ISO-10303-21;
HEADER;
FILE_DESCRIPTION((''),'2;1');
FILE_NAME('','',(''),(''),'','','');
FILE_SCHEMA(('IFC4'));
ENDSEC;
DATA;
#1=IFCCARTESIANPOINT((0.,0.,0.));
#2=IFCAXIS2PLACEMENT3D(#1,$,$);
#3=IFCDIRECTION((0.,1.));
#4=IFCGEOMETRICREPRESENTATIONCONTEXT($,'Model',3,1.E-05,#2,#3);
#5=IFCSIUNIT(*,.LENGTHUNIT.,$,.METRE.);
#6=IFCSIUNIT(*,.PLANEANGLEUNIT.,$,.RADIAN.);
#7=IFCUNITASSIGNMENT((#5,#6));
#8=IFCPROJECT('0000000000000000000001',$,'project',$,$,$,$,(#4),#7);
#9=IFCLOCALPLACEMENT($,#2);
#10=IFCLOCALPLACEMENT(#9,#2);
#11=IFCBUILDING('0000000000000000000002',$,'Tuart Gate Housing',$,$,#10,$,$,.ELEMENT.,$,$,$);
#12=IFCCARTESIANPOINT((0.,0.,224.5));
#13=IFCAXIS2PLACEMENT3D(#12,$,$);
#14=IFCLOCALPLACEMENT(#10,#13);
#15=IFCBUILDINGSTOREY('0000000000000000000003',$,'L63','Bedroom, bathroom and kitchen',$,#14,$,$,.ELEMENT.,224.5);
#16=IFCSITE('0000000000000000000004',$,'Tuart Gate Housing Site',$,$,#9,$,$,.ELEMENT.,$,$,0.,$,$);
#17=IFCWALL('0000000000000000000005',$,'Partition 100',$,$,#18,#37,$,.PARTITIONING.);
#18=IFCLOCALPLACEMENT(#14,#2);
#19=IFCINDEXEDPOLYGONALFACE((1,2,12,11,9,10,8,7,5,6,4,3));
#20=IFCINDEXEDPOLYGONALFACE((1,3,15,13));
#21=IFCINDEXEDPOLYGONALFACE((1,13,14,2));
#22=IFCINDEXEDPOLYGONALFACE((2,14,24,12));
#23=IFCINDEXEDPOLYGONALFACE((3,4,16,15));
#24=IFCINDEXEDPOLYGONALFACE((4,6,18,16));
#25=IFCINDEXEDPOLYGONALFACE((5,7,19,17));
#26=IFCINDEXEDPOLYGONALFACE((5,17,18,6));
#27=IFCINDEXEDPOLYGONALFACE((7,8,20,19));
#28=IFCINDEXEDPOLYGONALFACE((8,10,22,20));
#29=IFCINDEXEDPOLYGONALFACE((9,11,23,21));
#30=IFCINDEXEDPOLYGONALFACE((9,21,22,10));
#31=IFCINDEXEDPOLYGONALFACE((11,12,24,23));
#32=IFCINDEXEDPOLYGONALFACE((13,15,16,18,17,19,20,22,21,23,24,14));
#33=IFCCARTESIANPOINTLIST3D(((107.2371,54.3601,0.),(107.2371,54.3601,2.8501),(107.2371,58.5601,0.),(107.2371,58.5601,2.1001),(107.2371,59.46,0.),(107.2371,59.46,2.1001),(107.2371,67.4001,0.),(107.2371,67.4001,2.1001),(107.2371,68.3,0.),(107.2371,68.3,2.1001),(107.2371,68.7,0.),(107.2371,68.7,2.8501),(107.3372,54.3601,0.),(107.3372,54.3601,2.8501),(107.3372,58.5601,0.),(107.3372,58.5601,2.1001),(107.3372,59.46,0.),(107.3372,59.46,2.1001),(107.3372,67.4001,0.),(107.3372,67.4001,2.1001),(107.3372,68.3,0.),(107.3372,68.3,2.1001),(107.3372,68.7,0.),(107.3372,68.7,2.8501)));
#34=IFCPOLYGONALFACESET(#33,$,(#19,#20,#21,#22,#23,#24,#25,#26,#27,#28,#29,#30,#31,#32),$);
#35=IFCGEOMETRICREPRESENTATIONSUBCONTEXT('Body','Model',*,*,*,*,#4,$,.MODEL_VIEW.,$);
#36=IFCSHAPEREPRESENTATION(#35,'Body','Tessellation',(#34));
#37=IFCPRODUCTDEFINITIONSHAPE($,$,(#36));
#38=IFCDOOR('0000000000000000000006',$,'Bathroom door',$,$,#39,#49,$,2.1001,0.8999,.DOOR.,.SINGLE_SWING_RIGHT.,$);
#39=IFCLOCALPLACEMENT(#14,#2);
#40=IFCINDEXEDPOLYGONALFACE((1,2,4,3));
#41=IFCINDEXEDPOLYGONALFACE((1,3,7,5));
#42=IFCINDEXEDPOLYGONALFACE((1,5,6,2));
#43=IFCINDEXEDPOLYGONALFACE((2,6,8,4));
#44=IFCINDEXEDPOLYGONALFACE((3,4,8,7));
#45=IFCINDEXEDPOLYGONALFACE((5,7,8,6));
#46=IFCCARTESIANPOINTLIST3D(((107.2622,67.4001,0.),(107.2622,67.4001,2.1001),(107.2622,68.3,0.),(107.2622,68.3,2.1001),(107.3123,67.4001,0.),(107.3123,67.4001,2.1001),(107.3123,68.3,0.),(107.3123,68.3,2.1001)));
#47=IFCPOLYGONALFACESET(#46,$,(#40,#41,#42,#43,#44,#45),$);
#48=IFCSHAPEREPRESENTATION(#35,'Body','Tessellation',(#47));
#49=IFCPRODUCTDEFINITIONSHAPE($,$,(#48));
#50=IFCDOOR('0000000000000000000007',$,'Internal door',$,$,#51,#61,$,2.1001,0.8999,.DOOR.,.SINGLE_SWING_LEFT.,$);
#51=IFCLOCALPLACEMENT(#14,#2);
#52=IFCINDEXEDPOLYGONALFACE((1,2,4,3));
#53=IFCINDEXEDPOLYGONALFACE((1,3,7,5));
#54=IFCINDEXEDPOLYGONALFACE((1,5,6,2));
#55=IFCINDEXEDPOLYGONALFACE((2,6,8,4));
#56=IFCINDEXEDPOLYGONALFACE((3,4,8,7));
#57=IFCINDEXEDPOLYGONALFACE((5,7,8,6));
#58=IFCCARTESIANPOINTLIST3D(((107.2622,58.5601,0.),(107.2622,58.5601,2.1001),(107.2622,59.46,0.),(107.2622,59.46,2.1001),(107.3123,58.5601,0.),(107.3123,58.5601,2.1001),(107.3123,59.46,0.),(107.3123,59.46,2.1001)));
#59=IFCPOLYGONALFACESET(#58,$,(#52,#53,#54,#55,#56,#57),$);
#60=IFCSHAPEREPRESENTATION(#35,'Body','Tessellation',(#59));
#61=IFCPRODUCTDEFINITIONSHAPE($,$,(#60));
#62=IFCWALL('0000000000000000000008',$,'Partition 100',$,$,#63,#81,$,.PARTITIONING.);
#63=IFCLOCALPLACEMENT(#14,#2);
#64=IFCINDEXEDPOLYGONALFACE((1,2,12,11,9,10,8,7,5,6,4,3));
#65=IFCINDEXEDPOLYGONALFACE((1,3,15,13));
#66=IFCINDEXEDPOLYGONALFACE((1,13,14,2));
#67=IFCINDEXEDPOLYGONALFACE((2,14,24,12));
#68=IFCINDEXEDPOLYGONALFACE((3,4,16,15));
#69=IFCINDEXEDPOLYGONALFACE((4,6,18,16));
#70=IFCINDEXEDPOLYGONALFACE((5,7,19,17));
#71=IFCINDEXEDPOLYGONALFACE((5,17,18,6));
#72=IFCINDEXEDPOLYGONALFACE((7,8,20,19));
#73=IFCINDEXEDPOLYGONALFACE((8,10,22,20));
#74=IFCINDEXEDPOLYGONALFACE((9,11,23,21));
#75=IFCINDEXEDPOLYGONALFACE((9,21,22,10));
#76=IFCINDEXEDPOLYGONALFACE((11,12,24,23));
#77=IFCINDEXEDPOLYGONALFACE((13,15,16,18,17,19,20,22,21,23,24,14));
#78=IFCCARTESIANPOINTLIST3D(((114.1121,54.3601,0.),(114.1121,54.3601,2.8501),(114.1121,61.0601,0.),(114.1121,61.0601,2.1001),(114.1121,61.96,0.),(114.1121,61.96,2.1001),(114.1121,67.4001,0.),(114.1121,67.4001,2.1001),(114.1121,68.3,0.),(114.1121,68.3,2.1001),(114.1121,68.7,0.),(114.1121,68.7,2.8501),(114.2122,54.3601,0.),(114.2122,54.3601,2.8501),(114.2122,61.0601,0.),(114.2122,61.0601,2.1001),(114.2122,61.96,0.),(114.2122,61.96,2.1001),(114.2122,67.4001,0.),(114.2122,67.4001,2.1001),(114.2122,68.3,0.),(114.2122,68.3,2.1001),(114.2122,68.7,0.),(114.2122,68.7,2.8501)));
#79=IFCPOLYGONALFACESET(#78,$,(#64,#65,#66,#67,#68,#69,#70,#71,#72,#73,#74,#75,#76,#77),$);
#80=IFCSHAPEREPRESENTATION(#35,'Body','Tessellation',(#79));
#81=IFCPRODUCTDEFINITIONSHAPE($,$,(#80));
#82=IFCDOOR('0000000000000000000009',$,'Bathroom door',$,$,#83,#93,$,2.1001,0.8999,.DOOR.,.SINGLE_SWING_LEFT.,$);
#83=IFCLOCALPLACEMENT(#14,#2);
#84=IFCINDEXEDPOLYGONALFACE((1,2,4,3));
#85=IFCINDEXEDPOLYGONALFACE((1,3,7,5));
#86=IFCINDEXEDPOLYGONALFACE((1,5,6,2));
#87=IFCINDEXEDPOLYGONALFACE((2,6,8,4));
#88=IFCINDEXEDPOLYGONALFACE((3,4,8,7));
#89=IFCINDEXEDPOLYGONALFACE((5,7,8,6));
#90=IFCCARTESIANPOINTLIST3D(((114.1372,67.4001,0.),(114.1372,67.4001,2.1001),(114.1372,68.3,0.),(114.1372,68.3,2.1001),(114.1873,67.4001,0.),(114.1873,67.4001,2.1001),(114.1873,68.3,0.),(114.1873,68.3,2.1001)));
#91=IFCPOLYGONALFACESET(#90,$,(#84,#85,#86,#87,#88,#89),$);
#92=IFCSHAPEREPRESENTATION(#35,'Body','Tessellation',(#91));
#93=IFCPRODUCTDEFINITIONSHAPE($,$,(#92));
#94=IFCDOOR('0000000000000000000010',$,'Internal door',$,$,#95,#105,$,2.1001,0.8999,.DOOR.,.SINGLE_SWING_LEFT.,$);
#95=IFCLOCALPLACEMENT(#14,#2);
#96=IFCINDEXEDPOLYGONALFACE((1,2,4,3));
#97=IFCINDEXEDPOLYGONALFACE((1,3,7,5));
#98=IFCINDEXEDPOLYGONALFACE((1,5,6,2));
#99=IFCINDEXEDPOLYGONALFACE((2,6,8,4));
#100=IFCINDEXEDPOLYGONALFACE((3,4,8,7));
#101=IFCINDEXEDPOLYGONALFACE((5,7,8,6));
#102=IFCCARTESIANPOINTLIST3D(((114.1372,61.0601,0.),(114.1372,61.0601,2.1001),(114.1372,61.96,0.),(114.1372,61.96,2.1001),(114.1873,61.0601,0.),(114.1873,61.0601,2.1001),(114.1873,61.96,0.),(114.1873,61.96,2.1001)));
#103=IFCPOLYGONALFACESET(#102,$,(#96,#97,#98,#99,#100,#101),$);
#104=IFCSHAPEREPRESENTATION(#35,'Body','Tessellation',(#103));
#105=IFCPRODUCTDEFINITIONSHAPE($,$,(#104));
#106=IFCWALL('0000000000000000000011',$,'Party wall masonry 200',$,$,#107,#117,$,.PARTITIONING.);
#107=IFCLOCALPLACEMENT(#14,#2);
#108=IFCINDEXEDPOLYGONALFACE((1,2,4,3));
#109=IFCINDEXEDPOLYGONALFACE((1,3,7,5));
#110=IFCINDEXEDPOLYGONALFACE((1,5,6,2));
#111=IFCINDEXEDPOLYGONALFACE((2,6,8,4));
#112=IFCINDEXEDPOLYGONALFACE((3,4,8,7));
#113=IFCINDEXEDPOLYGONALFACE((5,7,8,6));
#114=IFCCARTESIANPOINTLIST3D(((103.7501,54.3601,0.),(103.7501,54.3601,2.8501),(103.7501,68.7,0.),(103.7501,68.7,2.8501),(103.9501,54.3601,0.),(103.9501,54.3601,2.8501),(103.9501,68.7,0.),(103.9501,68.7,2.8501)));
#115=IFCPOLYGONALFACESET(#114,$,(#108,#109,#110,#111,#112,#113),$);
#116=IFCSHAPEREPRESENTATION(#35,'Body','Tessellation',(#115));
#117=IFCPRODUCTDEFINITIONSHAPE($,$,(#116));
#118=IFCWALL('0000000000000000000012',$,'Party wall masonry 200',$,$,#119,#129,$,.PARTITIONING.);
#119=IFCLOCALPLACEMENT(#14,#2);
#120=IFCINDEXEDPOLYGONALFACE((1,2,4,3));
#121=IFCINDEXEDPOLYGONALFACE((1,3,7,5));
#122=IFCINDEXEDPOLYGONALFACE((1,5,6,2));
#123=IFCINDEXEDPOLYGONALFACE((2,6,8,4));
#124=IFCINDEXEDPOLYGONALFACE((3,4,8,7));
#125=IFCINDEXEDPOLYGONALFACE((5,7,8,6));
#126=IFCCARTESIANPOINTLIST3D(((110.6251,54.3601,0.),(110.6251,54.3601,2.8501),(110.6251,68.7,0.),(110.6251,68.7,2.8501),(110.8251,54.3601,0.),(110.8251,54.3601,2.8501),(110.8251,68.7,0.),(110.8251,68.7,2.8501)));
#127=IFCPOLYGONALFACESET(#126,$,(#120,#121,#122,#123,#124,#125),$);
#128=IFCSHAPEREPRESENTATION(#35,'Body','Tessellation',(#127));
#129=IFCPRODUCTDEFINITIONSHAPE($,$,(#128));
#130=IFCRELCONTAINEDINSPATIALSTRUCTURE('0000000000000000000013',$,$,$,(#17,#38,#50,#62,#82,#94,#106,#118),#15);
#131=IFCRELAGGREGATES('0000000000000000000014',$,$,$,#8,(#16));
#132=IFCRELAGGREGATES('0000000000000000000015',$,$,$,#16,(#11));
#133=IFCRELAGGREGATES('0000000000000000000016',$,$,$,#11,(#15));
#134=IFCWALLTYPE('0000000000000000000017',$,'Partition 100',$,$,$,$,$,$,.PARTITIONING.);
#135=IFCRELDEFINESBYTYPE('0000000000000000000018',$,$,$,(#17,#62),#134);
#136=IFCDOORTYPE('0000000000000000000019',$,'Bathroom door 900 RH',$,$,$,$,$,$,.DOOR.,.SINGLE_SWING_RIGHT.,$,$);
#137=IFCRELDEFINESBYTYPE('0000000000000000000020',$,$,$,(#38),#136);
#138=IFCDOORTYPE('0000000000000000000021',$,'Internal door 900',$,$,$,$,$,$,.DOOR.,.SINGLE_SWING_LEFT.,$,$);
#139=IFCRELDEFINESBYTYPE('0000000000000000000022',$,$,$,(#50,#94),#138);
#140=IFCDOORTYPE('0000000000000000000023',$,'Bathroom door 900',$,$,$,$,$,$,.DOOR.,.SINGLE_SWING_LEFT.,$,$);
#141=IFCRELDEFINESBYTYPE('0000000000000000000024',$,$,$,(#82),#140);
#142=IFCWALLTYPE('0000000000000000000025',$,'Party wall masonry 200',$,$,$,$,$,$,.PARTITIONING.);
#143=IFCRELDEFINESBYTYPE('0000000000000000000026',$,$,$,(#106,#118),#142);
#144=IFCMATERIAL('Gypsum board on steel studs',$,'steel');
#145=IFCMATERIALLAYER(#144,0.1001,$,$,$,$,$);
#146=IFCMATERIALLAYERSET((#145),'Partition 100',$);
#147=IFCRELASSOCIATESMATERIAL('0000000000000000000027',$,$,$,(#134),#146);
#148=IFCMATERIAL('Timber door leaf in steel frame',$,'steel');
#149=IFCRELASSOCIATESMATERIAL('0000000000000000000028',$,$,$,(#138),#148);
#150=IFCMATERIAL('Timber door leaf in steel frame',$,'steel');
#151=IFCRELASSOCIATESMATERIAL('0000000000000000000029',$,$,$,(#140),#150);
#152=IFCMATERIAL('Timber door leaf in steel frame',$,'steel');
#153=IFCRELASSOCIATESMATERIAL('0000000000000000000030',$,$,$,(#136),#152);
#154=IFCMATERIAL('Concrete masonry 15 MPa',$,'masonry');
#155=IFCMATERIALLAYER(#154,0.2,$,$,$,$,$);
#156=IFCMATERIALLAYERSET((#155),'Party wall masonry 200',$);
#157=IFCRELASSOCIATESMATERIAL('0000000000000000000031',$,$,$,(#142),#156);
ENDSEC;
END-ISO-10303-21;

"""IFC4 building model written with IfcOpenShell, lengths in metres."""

from ifc_helpers import new_model, si_unit, direction, frame, frame_2d, origin, place, context, subcontext, project, spatial, rectangle, extrude, material, layer, layer_set, type_object, element, fill, save


model = new_model("IFC4")

# Units and contexts
model_context = context("Model", 3, precision=1e-05, world=origin(), true_north=direction((0.0, 1.0)))
body_context = subcontext(model_context, "Body", "Model", "MODEL_VIEW")
ifc_project = project(units=[si_unit("LENGTHUNIT", "METRE"), si_unit("PLANEANGLEUNIT", "RADIAN")], contexts=[model_context])

# Site, building, storey
site_placement = place(None, origin())
site = spatial("IfcSite", under=ifc_project, at=site_placement, Name="Tuart Gate Housing Site", CompositionType="ELEMENT", RefElevation=0.0)
building_placement = place(site_placement, origin())
building = spatial("IfcBuilding", under=site, at=building_placement, Name="Tuart Gate Housing", CompositionType="ELEMENT")
storey_placement = place(building_placement, frame((0.0, 0.0, 224.5)))
storey = spatial("IfcBuildingStorey", under=building, at=storey_placement, Name="L63", Description="Bedroom, bathroom and kitchen", CompositionType="ELEMENT", Elevation=224.5)

# Shared definitions
ifc_material_1 = material(Name="Gypsum board on steel studs", Category="steel")
ifc_layer_1 = layer(ifc_material_1, 0.1001)
ifc_layer_set_1 = layer_set([ifc_layer_1], Name="Partition 100")
wall_type_1 = type_object("IfcWallType", Name="Partition 100", PredefinedType="PARTITIONING", material=ifc_layer_set_1)
ifc_material_2 = material(Name="Timber door leaf in steel frame", Category="steel")
door_type_1 = type_object("IfcDoorType", Name="Internal door 900", OperationType="SINGLE_SWING_LEFT", PredefinedType="DOOR", material=ifc_material_2)

# Walls, openings, doors
ifc_material_3 = material(Name="Timber door leaf in steel frame", Category="steel")
door_type_2 = type_object("IfcDoorType", Name="Bathroom door 900", OperationType="SINGLE_SWING_LEFT", PredefinedType="DOOR", material=ifc_material_3)
wall_1_placement = place(storey_placement, frame((107.2871, 54.3601, 0.0), z_axis=(0.0, 0.0, 1.0), x_axis=(0.0, 1.0, 0.0)))
wall_1 = element("IfcWall", 1, at=wall_1_placement, inside=storey, type_object=wall_type_1, Name="Partition 100", PredefinedType="PARTITIONING", context=body_context, shape_type="SweptSolid", body=[
    extrude(rectangle(XDim=14.3398, YDim=0.1001, at=frame_2d((7.1699, 0.0))), origin(), (0.0, 0.0, 1.0), 2.8501),
])
opening_1_placement = place(wall_1_placement, frame((4.2, 0.0, 0.0)))
opening_1 = element("IfcOpeningElement", 2, at=opening_1_placement, cuts=wall_1, PredefinedType="OPENING", context=body_context, shape_type="SweptSolid", body=[
    extrude(rectangle(XDim=0.8999, YDim=2.1001, at=frame_2d((0.45, 1.05))), frame((0.0, 0.0601, 0.0), z_axis=(0.0, -1.0, 0.0), x_axis=(1.0, 0.0, 0.0)), (0.0, 0.0, 1.0), 0.1201),
])
opening_2_placement = place(wall_1_placement, frame((13.04, 0.0, 0.0)))
opening_2 = element("IfcOpeningElement", 3, at=opening_2_placement, cuts=wall_1, PredefinedType="OPENING", context=body_context, shape_type="SweptSolid", body=[
    extrude(rectangle(XDim=0.8999, YDim=2.1001, at=frame_2d((0.45, 1.05))), frame((0.0, 0.0601, 0.0), z_axis=(0.0, -1.0, 0.0), x_axis=(1.0, 0.0, 0.0)), (0.0, 0.0, 1.0), 0.1201),
])
ifc_material_4 = material(Name="Timber door leaf in steel frame", Category="steel")
door_type_3 = type_object("IfcDoorType", Name="Bathroom door 900 RH", OperationType="SINGLE_SWING_RIGHT", PredefinedType="DOOR", material=ifc_material_4)
door_1_placement = place(opening_2_placement, origin())
door_1 = element("IfcDoor", 4, at=door_1_placement, inside=storey, type_object=door_type_3, Name="Bathroom door", OperationType="SINGLE_SWING_RIGHT", OverallHeight=2.1001, OverallWidth=0.8999, PredefinedType="DOOR", context=body_context, shape_type="SweptSolid", body=[
    extrude(rectangle(XDim=0.8999, YDim=2.1001, at=frame_2d((0.45, 1.05))), frame((0.0, 0.0249, 0.0), z_axis=(0.0, -1.0, 0.0), x_axis=(1.0, 0.0, 0.0)), (0.0, 0.0, 1.0), 0.05),
])
fill(opening_2, door_1)
door_2_placement = place(opening_1_placement, origin())
door_2 = element("IfcDoor", 5, at=door_2_placement, inside=storey, type_object=door_type_1, Name="Internal door", OperationType="SINGLE_SWING_LEFT", OverallHeight=2.1001, OverallWidth=0.8999, PredefinedType="DOOR", context=body_context, shape_type="SweptSolid", body=[
    extrude(rectangle(XDim=0.8999, YDim=2.1001, at=frame_2d((0.45, 1.05))), frame((0.0, 0.0249, 0.0), z_axis=(0.0, -1.0, 0.0), x_axis=(1.0, 0.0, 0.0)), (0.0, 0.0, 1.0), 0.05),
])
fill(opening_1, door_2)
wall_2_placement = place(storey_placement, frame((114.1621, 54.3601, 0.0), z_axis=(0.0, 0.0, 1.0), x_axis=(0.0, 1.0, 0.0)))
wall_2 = element("IfcWall", 6, at=wall_2_placement, inside=storey, type_object=wall_type_1, Name="Partition 100", PredefinedType="PARTITIONING", context=body_context, shape_type="SweptSolid", body=[
    extrude(rectangle(XDim=14.3398, YDim=0.1001, at=frame_2d((7.1699, 0.0))), origin(), (0.0, 0.0, 1.0), 2.8501),
])
opening_3_placement = place(wall_2_placement, frame((6.7, 0.0, 0.0)))
opening_3 = element("IfcOpeningElement", 7, at=opening_3_placement, cuts=wall_2, PredefinedType="OPENING", context=body_context, shape_type="SweptSolid", body=[
    extrude(rectangle(XDim=0.8999, YDim=2.1001, at=frame_2d((0.45, 1.05))), frame((0.0, 0.0601, 0.0), z_axis=(0.0, -1.0, 0.0), x_axis=(1.0, 0.0, 0.0)), (0.0, 0.0, 1.0), 0.1201),
])
opening_4_placement = place(wall_2_placement, frame((13.04, 0.0, 0.0)))
opening_4 = element("IfcOpeningElement", 8, at=opening_4_placement, cuts=wall_2, PredefinedType="OPENING", context=body_context, shape_type="SweptSolid", body=[
    extrude(rectangle(XDim=0.8999, YDim=2.1001, at=frame_2d((0.45, 1.05))), frame((0.0, 0.0601, 0.0), z_axis=(0.0, -1.0, 0.0), x_axis=(1.0, 0.0, 0.0)), (0.0, 0.0, 1.0), 0.1201),
])
door_3_placement = place(opening_4_placement, frame((0.8999, 0.0, 0.0), z_axis=(0.0, 0.0, 1.0), x_axis=(-1.0, 0.0, 0.0)))
door_3 = element("IfcDoor", 9, at=door_3_placement, inside=storey, type_object=door_type_2, Name="Bathroom door", OperationType="SINGLE_SWING_LEFT", OverallHeight=2.1001, OverallWidth=0.8999, PredefinedType="DOOR", context=body_context, shape_type="SweptSolid", body=[
    extrude(rectangle(XDim=0.8999, YDim=2.1001, at=frame_2d((0.45, 1.05))), frame((0.0, 0.0251, 0.0), z_axis=(0.0, -1.0, 0.0), x_axis=(1.0, 0.0, 0.0)), (0.0, 0.0, 1.0), 0.05),
])
fill(opening_4, door_3)
door_4_placement = place(opening_3_placement, frame((0.8999, 0.0, 0.0), z_axis=(0.0, 0.0, 1.0), x_axis=(-1.0, 0.0, 0.0)))
door_4 = element("IfcDoor", 10, at=door_4_placement, inside=storey, type_object=door_type_1, Name="Internal door", OperationType="SINGLE_SWING_LEFT", OverallHeight=2.1001, OverallWidth=0.8999, PredefinedType="DOOR", context=body_context, shape_type="SweptSolid", body=[
    extrude(rectangle(XDim=0.8999, YDim=2.1001, at=frame_2d((0.45, 1.05))), frame((0.0, 0.0251, 0.0), z_axis=(0.0, -1.0, 0.0), x_axis=(1.0, 0.0, 0.0)), (0.0, 0.0, 1.0), 0.05),
])
fill(opening_3, door_4)

# Walls
ifc_material_5 = material(Name="Concrete masonry 15 MPa", Category="masonry")
ifc_layer_2 = layer(ifc_material_5, 0.2)
ifc_layer_set_2 = layer_set([ifc_layer_2], Name="Party wall masonry 200")
wall_type_2 = type_object("IfcWallType", Name="Party wall masonry 200", PredefinedType="PARTITIONING", material=ifc_layer_set_2)
for number, where, z_axis, x_axis, name in (
    (11, (103.8501, 54.3601, 0.0), (0.0, 0.0, 1.0), (0.0, 1.0, 0.0), "Party wall masonry 200"),
    (12, (110.7251, 54.3601, 0.0), (0.0, 0.0, 1.0), (0.0, 1.0, 0.0), "Party wall masonry 200"),
):
    element("IfcWall", number, at=place(storey_placement, frame(where, z_axis=z_axis, x_axis=x_axis)), inside=storey, type_object=wall_type_2, Name=name, PredefinedType="PARTITIONING", context=body_context, shape_type="SweptSolid", body=[
        extrude(rectangle(XDim=14.3398, YDim=0.2, at=frame_2d((7.1699, 0.0))), origin(), (0.0, 0.0, 1.0), 2.8501),
    ])

save(model, "model.ifc")
